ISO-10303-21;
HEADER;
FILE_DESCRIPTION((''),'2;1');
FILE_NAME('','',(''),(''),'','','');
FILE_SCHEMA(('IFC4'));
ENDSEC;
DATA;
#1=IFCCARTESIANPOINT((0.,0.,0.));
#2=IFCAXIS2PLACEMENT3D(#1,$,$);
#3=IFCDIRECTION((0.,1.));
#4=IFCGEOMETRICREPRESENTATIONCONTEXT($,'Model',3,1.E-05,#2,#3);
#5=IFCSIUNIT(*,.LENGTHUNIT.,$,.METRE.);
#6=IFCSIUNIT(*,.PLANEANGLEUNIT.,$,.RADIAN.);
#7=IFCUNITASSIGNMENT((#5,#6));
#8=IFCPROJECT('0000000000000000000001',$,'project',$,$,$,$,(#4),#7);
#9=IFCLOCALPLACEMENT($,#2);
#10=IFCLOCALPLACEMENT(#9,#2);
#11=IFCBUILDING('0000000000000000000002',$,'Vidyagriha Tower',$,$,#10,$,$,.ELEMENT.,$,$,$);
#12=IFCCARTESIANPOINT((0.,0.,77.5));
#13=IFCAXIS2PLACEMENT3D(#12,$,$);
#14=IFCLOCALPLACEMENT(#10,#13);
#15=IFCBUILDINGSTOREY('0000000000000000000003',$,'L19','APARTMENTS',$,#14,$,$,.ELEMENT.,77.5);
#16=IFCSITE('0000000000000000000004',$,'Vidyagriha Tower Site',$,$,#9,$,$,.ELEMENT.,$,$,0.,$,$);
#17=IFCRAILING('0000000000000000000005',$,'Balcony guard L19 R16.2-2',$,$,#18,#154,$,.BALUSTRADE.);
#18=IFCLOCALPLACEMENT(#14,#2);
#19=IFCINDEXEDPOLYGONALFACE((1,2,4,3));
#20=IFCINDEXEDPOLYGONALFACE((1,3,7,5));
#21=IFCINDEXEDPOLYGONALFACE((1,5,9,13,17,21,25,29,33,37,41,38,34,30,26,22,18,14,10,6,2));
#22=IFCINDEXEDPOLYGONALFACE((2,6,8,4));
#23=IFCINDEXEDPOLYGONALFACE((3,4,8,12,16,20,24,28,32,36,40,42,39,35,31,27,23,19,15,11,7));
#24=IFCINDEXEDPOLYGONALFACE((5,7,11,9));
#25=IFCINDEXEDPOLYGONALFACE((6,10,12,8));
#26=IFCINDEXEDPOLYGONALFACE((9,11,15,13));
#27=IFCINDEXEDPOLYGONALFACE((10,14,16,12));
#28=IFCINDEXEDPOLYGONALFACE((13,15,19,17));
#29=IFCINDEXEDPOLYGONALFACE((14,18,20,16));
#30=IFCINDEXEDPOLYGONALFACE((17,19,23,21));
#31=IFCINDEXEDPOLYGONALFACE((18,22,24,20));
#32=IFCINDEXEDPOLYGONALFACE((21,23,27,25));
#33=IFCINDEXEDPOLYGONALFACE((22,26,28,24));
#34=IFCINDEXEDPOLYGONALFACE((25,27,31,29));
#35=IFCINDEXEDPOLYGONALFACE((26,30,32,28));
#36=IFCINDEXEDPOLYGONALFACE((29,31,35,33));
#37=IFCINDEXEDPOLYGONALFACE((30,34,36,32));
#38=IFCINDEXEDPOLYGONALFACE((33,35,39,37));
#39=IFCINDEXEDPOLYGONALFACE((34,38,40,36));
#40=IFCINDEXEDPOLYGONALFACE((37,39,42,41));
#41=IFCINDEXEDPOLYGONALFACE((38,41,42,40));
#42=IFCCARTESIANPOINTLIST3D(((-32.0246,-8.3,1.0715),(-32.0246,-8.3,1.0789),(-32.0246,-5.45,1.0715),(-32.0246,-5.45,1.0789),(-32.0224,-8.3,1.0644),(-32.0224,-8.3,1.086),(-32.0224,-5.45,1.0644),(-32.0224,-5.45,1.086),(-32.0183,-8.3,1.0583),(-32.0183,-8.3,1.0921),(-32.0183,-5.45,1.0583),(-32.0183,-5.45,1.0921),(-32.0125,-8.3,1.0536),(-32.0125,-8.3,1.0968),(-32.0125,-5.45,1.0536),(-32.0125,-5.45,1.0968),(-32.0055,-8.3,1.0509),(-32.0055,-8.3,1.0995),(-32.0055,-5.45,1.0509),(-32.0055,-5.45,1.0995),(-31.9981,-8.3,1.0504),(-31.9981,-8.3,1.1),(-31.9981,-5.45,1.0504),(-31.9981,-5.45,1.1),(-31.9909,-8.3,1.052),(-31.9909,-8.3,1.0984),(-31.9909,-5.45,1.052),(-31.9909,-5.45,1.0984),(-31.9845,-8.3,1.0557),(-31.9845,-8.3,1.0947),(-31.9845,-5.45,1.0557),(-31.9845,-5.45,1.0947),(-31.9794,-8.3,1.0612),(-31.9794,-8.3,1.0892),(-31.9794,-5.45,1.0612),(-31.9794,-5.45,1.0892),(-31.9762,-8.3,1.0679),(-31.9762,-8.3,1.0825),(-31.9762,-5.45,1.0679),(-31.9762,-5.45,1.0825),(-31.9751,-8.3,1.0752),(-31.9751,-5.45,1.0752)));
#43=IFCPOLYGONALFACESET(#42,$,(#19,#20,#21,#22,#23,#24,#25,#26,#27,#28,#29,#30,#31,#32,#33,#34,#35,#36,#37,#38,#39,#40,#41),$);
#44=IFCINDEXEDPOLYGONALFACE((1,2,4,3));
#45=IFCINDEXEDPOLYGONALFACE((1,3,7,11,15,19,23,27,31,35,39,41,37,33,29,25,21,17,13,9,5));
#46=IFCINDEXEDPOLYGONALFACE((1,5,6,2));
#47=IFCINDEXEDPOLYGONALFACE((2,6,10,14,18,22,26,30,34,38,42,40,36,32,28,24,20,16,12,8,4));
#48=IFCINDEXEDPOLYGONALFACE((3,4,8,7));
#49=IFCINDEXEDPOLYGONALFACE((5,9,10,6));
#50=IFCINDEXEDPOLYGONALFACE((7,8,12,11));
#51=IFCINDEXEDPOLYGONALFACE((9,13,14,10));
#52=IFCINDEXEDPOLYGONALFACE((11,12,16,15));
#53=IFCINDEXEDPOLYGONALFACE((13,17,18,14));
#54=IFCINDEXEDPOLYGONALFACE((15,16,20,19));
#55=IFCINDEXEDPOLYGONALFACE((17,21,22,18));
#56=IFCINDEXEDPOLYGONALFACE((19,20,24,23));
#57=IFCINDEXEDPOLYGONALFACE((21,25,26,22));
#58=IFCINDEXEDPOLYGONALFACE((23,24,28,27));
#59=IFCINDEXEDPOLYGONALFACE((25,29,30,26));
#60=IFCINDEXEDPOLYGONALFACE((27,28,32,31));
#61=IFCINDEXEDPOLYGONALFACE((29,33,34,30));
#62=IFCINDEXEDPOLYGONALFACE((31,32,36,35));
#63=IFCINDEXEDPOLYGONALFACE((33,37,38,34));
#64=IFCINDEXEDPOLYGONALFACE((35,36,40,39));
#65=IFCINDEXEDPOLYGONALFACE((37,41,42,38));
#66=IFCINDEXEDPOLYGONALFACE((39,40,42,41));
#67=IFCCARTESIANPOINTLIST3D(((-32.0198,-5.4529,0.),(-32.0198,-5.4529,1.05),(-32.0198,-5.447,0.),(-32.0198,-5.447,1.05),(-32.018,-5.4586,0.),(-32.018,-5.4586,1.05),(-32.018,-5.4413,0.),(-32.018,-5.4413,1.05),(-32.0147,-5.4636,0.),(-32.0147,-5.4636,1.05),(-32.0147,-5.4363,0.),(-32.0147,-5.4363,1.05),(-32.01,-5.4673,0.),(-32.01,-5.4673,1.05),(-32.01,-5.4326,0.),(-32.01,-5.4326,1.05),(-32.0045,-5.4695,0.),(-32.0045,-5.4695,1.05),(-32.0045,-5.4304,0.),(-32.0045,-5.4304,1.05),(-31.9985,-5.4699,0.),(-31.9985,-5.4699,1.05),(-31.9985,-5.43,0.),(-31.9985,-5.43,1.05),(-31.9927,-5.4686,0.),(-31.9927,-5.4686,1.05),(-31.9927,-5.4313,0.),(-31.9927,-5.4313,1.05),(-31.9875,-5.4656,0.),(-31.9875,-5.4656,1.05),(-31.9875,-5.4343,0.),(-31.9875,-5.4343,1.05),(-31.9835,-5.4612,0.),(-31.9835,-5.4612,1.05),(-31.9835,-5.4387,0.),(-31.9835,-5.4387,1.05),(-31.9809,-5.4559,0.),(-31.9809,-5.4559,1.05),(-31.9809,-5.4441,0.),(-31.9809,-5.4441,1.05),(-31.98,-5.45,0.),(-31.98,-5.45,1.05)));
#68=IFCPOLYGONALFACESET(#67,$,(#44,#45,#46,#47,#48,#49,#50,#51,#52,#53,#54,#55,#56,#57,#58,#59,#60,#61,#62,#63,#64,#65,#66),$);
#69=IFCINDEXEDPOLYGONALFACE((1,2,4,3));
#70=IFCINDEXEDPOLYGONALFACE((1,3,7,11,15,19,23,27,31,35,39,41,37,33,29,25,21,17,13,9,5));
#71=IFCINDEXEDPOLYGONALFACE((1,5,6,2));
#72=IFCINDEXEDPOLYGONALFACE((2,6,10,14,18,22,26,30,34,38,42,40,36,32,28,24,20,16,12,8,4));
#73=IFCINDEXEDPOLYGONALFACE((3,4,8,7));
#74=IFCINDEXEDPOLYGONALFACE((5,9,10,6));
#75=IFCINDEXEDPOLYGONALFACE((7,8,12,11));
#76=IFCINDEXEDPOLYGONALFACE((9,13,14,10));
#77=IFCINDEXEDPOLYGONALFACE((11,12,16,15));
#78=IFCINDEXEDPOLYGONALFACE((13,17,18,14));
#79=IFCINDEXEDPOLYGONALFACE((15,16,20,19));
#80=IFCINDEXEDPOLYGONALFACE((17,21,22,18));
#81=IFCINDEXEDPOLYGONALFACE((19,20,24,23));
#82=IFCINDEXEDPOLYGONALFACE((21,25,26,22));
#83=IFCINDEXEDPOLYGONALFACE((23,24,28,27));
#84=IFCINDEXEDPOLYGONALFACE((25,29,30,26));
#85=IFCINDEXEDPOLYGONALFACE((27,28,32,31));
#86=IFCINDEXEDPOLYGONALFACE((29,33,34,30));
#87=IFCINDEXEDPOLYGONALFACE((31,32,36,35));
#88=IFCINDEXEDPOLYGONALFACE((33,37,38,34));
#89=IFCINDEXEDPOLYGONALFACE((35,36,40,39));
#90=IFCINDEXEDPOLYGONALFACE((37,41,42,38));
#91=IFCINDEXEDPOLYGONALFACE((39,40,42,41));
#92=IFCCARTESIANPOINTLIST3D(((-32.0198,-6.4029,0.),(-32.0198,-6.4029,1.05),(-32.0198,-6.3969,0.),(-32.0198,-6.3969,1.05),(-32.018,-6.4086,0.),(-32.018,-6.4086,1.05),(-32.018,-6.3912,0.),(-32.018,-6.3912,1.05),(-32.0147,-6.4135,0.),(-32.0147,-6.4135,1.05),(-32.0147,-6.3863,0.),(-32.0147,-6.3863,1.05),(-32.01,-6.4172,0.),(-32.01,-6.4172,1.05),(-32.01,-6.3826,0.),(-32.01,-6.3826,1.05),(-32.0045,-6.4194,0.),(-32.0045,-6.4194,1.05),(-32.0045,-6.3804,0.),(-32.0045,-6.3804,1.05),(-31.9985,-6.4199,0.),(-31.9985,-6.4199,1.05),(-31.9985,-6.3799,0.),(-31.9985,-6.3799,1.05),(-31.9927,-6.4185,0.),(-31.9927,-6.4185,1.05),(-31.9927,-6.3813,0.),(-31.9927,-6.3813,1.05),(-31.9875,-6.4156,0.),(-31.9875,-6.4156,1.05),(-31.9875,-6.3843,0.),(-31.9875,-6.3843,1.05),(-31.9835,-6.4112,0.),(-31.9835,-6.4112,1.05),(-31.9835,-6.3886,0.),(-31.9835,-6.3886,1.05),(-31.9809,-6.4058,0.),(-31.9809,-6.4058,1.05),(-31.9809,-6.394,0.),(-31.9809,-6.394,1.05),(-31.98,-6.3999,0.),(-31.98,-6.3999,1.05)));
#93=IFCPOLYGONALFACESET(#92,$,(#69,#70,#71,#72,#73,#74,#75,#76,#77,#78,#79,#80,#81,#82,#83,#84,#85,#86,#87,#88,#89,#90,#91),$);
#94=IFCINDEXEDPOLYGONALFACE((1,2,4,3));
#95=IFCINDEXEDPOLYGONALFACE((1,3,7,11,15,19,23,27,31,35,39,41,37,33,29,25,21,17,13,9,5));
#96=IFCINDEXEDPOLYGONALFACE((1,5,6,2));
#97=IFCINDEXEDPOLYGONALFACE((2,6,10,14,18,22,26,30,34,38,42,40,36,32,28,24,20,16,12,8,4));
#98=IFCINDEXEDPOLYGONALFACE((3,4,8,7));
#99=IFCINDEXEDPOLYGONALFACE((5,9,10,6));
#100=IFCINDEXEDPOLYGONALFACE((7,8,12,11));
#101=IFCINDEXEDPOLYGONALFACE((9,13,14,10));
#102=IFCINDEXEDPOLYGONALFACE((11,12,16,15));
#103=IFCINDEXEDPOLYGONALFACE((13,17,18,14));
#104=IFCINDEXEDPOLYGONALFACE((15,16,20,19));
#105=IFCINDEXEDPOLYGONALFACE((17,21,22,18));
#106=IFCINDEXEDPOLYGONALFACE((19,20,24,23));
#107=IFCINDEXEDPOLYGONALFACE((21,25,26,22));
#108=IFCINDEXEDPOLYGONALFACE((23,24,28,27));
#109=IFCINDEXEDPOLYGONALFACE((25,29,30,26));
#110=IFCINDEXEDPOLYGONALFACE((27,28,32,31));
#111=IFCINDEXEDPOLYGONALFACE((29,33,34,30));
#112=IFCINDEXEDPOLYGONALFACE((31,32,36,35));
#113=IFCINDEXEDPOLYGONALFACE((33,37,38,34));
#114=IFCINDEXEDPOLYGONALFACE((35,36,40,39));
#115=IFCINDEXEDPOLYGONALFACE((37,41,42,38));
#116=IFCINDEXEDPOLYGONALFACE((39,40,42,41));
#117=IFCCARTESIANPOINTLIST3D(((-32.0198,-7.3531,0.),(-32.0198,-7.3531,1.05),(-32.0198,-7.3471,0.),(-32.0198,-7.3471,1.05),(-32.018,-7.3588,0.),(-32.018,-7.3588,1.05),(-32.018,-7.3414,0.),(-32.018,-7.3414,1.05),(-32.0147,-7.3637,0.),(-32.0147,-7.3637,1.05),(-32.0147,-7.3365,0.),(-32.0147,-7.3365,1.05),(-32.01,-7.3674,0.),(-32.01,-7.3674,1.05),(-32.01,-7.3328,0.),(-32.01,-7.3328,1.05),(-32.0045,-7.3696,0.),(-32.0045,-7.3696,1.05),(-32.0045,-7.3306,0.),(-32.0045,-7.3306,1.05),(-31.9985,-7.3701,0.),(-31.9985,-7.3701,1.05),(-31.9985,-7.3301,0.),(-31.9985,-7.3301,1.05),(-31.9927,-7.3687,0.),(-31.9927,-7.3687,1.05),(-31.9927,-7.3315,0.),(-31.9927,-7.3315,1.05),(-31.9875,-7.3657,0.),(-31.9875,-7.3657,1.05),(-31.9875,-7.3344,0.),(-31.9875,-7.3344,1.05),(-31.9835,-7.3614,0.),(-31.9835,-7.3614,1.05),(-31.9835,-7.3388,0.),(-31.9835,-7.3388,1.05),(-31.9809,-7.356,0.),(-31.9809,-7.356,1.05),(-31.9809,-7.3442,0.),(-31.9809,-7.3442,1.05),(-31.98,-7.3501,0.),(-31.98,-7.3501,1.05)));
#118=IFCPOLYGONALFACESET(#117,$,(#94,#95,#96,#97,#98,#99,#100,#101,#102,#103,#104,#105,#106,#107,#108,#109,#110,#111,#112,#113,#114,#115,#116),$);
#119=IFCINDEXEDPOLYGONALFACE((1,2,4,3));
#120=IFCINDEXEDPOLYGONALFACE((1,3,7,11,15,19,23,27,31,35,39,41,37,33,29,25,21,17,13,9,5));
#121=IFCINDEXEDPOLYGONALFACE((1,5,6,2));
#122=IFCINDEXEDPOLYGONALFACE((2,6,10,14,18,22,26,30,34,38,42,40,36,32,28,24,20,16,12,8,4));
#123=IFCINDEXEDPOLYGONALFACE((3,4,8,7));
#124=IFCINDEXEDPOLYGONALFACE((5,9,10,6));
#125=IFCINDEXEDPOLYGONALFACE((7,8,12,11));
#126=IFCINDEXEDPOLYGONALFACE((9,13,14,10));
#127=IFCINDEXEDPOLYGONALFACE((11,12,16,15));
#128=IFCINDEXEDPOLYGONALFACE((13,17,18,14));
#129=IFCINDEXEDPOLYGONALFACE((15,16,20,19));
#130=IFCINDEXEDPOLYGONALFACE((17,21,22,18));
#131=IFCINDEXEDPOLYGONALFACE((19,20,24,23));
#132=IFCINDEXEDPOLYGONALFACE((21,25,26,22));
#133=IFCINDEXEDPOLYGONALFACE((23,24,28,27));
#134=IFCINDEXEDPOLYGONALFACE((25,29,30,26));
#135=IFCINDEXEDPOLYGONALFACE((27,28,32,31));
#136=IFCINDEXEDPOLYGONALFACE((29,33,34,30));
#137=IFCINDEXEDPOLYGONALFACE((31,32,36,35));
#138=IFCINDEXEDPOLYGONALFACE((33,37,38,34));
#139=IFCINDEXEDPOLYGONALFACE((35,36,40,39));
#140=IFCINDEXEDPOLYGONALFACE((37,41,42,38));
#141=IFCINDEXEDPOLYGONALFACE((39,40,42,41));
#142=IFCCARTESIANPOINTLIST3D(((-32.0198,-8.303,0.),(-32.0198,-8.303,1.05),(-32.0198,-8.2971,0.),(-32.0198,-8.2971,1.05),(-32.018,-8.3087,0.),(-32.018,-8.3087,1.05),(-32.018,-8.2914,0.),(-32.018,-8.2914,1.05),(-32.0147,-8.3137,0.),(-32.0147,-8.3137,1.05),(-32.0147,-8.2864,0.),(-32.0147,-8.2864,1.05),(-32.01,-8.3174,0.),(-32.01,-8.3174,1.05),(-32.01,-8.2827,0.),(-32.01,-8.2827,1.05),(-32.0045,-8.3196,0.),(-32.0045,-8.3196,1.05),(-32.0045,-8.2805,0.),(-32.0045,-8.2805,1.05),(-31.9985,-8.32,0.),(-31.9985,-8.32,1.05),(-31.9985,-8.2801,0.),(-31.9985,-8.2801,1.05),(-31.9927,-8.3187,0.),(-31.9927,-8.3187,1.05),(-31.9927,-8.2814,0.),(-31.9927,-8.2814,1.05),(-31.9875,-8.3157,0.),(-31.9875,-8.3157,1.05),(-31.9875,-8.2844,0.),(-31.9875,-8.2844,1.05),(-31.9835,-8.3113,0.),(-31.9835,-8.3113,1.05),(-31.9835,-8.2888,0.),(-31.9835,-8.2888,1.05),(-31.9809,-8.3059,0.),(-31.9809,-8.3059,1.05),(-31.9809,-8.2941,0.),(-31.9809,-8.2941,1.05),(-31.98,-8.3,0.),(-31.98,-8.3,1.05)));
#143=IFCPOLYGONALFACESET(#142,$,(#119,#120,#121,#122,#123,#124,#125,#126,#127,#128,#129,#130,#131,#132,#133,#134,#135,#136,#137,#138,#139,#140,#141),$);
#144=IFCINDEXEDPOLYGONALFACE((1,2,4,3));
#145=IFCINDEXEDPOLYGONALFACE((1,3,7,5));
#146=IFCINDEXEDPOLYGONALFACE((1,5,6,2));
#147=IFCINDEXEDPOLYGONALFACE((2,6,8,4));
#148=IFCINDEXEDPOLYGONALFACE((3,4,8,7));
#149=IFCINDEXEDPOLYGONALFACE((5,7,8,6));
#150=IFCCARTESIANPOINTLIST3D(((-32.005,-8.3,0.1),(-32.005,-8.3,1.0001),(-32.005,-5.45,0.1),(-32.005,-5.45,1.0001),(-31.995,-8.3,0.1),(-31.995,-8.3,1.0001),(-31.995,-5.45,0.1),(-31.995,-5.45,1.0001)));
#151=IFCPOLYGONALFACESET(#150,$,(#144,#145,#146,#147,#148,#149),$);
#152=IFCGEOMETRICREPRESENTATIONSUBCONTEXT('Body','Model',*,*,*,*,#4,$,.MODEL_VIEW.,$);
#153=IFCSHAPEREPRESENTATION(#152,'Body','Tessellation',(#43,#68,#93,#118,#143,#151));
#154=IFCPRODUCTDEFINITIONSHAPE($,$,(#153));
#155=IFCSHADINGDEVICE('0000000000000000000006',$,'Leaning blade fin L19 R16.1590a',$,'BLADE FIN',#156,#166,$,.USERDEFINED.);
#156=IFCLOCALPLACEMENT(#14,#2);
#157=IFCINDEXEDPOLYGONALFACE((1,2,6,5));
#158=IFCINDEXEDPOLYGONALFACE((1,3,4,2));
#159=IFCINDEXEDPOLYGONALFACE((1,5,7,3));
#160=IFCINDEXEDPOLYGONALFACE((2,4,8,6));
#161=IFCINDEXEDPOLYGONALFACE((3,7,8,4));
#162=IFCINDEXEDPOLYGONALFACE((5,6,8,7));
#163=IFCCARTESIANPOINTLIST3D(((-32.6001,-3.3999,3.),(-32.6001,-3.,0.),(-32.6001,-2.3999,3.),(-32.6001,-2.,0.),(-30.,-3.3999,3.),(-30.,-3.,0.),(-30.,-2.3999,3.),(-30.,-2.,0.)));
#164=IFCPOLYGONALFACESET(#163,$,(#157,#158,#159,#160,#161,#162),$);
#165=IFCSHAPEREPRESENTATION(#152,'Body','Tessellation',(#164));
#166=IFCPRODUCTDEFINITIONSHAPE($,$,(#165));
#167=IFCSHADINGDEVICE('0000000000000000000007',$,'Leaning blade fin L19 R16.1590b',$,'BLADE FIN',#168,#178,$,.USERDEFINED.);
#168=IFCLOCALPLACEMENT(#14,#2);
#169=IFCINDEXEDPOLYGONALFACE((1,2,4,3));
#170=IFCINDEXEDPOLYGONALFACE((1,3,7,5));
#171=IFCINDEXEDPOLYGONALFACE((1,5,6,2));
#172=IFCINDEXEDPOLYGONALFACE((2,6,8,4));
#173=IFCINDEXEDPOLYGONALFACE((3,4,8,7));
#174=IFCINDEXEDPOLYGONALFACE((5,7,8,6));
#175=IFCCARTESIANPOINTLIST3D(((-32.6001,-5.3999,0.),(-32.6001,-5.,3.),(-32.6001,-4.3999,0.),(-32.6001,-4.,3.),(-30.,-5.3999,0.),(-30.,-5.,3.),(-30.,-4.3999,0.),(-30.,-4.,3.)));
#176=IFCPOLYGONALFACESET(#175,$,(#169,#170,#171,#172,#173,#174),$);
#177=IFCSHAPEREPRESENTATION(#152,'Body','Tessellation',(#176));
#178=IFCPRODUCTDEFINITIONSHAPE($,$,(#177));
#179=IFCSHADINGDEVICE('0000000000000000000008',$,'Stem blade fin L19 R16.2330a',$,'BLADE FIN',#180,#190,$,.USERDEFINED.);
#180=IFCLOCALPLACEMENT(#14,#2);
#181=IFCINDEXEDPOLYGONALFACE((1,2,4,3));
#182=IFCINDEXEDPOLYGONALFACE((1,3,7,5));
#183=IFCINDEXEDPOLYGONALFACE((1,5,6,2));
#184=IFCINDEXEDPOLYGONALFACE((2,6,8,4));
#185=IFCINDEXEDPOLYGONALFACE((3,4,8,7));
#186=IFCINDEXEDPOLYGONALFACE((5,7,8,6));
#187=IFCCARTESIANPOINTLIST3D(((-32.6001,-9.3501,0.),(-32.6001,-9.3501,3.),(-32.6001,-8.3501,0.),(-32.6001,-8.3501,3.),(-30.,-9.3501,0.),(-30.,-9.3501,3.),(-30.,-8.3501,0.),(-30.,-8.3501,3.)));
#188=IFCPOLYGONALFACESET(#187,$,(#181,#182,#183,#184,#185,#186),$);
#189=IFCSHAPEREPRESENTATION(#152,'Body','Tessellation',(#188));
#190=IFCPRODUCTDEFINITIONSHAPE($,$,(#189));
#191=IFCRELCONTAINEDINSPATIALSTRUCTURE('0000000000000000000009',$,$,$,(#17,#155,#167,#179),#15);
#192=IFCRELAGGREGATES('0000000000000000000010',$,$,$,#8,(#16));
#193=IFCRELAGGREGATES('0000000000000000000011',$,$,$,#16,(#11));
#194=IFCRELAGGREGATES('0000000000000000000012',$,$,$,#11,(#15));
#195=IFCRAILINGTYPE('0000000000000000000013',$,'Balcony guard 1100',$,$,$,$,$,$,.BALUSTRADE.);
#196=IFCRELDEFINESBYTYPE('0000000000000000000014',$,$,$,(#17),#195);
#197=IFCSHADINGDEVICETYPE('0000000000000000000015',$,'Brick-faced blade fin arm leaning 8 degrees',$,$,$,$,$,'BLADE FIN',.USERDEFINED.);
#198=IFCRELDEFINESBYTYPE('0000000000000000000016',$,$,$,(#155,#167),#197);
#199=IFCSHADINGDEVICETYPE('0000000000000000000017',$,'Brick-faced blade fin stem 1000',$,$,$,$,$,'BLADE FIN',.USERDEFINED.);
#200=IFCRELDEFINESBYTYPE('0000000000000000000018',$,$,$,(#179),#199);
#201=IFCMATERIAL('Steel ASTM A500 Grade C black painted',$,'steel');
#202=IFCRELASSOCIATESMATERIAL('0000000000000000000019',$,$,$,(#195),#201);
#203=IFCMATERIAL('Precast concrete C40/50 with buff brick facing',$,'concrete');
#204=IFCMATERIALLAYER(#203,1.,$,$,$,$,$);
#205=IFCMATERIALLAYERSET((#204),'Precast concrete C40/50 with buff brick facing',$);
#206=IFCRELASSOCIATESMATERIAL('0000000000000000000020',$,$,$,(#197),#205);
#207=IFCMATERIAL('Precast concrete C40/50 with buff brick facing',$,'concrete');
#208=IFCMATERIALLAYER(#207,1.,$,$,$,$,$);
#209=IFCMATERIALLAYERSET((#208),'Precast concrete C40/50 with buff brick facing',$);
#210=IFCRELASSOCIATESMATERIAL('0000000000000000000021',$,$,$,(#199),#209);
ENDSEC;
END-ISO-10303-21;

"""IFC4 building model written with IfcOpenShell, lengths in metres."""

from ifc_helpers import new_model, si_unit, direction, frame, origin, origin_2d, place, context, subcontext, project, spatial, polyline, rectangle, circle, outline, extrude, material, layer, layer_set, type_object, element, save


model = new_model("IFC4")

# Units and contexts
model_context = context("Model", 3, precision=1e-05, world=origin(), true_north=direction((0.0, 1.0)))
body_context = subcontext(model_context, "Body", "Model", "MODEL_VIEW")
ifc_project = project(units=[si_unit("LENGTHUNIT", "METRE"), si_unit("PLANEANGLEUNIT", "RADIAN")], contexts=[model_context])

# Site, building, storey
site_placement = place(None, origin())
site = spatial("IfcSite", under=ifc_project, at=site_placement, Name="Vidyagriha Tower Site", CompositionType="ELEMENT", RefElevation=0.0)
building_placement = place(site_placement, origin())
building = spatial("IfcBuilding", under=site, at=building_placement, Name="Vidyagriha Tower", CompositionType="ELEMENT")
storey_placement = place(building_placement, frame((0.0, 0.0, 77.5)))
storey = spatial("IfcBuildingStorey", under=building, at=storey_placement, Name="L19", Description="APARTMENTS", CompositionType="ELEMENT", Elevation=77.5)

# Railing
ifc_material_1 = material(Name="Steel ASTM A500 Grade C black painted", Category="steel")
railing_type_1 = type_object("IfcRailingType", Name="Balcony guard 1100", PredefinedType="BALUSTRADE", material=ifc_material_1)
railing_1_placement = place(storey_placement, frame((-32.0, -5.45, 0.0)))
element("IfcRailing", 1, at=railing_1_placement, inside=storey, type_object=railing_type_1, Name="Balcony guard L19 R16.2-2", PredefinedType="BALUSTRADE", context=body_context, shape_type="SweptSolid", body=[
    extrude(circle(Radius=0.0249, at=origin_2d()), frame((0.0, 0.0, 1.0752), z_axis=(0.0, -1.0, 0.0), x_axis=(1.0, 0.0, 0.0)), (0.0, 0.0, 1.0), 2.8501),
    extrude(circle(Radius=0.02, at=origin_2d()), origin(), (0.0, 0.0, 1.0), 1.05),
    extrude(circle(Radius=0.02, at=origin_2d()), frame((0.0, -0.95, 0.0)), (0.0, 0.0, 1.0), 1.05),
    extrude(circle(Radius=0.02, at=origin_2d()), frame((0.0, -1.9001, 0.0)), (0.0, 0.0, 1.0), 1.05),
    extrude(circle(Radius=0.02, at=origin_2d()), frame((0.0, -2.8501, 0.0)), (0.0, 0.0, 1.0), 1.05),
    extrude(rectangle(XDim=0.01, YDim=0.9001, at=origin_2d()), frame((0.0, 0.0, 0.55), z_axis=(0.0, -1.0, 0.0), x_axis=(1.0, 0.0, 0.0)), (0.0, 0.0, 1.0), 2.8501),
])

# Shading devices
ifc_material_2 = material(Name="Precast concrete C40/50 with buff brick facing", Category="concrete")
ifc_layer_1 = layer(ifc_material_2, 1.0)
ifc_layer_set_1 = layer_set([ifc_layer_1], Name="Precast concrete C40/50 with buff brick facing")
shading_device_type_1 = type_object("IfcShadingDeviceType", Name="Brick-faced blade fin arm leaning 8 degrees", ElementType="BLADE FIN", PredefinedType="USERDEFINED", material=ifc_layer_set_1)
shading_device_1_placement = place(storey_placement, frame((-31.3, -2.0, 0.0), z_axis=(0.0, 0.0, 1.0), x_axis=(0.0, -1.0, 0.0)))
element("IfcShadingDevice", 2, at=shading_device_1_placement, inside=storey, type_object=shading_device_type_1, Name="Leaning blade fin L19 R16.1590a", ObjectType="BLADE FIN", PredefinedType="USERDEFINED", context=body_context, shape_type="SweptSolid", body=[
    extrude(outline(polyline([(0.0, 0.0), (1.0, 0.0), (1.3999, 3.0), (0.3999, 3.0), (0.0, 0.0)])), frame((0.0, 1.3, 0.0), z_axis=(0.0, -1.0, 0.0), x_axis=(1.0, 0.0, 0.0)), (0.0, 0.0, 1.0), 2.6001),
])
shading_device_2_placement = place(storey_placement, frame((-31.3, -4.0, 0.0), z_axis=(0.0, 0.0, 1.0), x_axis=(0.0, -1.0, 0.0)))
element("IfcShadingDevice", 3, at=shading_device_2_placement, inside=storey, type_object=shading_device_type_1, Name="Leaning blade fin L19 R16.1590b", ObjectType="BLADE FIN", PredefinedType="USERDEFINED", context=body_context, shape_type="SweptSolid", body=[
    extrude(outline(polyline([(0.3999, 0.0), (1.3999, 0.0), (1.0, 3.0), (0.0, 3.0), (0.3999, 0.0)])), frame((0.0, 1.3, 0.0), z_axis=(0.0, -1.0, 0.0), x_axis=(1.0, 0.0, 0.0)), (0.0, 0.0, 1.0), 2.6001),
])
ifc_material_3 = material(Name="Precast concrete C40/50 with buff brick facing", Category="concrete")
ifc_layer_2 = layer(ifc_material_3, 1.0)
ifc_layer_set_2 = layer_set([ifc_layer_2], Name="Precast concrete C40/50 with buff brick facing")
shading_device_type_2 = type_object("IfcShadingDeviceType", Name="Brick-faced blade fin stem 1000", ElementType="BLADE FIN", PredefinedType="USERDEFINED", material=ifc_layer_set_2)
shading_device_3_placement = place(storey_placement, frame((-31.3, -8.3501, 0.0), z_axis=(0.0, 0.0, 1.0), x_axis=(0.0, -1.0, 0.0)))
element("IfcShadingDevice", 4, at=shading_device_3_placement, inside=storey, type_object=shading_device_type_2, Name="Stem blade fin L19 R16.2330a", ObjectType="BLADE FIN", PredefinedType="USERDEFINED", context=body_context, shape_type="SweptSolid", body=[
    extrude(outline(polyline([(0.0, 0.0), (1.0, 0.0), (1.0, 3.0), (0.0, 3.0), (0.0, 0.0)])), frame((0.0, 1.3, 0.0), z_axis=(0.0, -1.0, 0.0), x_axis=(1.0, 0.0, 0.0)), (0.0, 0.0, 1.0), 2.6001),
])

save(model, "model.ifc")
